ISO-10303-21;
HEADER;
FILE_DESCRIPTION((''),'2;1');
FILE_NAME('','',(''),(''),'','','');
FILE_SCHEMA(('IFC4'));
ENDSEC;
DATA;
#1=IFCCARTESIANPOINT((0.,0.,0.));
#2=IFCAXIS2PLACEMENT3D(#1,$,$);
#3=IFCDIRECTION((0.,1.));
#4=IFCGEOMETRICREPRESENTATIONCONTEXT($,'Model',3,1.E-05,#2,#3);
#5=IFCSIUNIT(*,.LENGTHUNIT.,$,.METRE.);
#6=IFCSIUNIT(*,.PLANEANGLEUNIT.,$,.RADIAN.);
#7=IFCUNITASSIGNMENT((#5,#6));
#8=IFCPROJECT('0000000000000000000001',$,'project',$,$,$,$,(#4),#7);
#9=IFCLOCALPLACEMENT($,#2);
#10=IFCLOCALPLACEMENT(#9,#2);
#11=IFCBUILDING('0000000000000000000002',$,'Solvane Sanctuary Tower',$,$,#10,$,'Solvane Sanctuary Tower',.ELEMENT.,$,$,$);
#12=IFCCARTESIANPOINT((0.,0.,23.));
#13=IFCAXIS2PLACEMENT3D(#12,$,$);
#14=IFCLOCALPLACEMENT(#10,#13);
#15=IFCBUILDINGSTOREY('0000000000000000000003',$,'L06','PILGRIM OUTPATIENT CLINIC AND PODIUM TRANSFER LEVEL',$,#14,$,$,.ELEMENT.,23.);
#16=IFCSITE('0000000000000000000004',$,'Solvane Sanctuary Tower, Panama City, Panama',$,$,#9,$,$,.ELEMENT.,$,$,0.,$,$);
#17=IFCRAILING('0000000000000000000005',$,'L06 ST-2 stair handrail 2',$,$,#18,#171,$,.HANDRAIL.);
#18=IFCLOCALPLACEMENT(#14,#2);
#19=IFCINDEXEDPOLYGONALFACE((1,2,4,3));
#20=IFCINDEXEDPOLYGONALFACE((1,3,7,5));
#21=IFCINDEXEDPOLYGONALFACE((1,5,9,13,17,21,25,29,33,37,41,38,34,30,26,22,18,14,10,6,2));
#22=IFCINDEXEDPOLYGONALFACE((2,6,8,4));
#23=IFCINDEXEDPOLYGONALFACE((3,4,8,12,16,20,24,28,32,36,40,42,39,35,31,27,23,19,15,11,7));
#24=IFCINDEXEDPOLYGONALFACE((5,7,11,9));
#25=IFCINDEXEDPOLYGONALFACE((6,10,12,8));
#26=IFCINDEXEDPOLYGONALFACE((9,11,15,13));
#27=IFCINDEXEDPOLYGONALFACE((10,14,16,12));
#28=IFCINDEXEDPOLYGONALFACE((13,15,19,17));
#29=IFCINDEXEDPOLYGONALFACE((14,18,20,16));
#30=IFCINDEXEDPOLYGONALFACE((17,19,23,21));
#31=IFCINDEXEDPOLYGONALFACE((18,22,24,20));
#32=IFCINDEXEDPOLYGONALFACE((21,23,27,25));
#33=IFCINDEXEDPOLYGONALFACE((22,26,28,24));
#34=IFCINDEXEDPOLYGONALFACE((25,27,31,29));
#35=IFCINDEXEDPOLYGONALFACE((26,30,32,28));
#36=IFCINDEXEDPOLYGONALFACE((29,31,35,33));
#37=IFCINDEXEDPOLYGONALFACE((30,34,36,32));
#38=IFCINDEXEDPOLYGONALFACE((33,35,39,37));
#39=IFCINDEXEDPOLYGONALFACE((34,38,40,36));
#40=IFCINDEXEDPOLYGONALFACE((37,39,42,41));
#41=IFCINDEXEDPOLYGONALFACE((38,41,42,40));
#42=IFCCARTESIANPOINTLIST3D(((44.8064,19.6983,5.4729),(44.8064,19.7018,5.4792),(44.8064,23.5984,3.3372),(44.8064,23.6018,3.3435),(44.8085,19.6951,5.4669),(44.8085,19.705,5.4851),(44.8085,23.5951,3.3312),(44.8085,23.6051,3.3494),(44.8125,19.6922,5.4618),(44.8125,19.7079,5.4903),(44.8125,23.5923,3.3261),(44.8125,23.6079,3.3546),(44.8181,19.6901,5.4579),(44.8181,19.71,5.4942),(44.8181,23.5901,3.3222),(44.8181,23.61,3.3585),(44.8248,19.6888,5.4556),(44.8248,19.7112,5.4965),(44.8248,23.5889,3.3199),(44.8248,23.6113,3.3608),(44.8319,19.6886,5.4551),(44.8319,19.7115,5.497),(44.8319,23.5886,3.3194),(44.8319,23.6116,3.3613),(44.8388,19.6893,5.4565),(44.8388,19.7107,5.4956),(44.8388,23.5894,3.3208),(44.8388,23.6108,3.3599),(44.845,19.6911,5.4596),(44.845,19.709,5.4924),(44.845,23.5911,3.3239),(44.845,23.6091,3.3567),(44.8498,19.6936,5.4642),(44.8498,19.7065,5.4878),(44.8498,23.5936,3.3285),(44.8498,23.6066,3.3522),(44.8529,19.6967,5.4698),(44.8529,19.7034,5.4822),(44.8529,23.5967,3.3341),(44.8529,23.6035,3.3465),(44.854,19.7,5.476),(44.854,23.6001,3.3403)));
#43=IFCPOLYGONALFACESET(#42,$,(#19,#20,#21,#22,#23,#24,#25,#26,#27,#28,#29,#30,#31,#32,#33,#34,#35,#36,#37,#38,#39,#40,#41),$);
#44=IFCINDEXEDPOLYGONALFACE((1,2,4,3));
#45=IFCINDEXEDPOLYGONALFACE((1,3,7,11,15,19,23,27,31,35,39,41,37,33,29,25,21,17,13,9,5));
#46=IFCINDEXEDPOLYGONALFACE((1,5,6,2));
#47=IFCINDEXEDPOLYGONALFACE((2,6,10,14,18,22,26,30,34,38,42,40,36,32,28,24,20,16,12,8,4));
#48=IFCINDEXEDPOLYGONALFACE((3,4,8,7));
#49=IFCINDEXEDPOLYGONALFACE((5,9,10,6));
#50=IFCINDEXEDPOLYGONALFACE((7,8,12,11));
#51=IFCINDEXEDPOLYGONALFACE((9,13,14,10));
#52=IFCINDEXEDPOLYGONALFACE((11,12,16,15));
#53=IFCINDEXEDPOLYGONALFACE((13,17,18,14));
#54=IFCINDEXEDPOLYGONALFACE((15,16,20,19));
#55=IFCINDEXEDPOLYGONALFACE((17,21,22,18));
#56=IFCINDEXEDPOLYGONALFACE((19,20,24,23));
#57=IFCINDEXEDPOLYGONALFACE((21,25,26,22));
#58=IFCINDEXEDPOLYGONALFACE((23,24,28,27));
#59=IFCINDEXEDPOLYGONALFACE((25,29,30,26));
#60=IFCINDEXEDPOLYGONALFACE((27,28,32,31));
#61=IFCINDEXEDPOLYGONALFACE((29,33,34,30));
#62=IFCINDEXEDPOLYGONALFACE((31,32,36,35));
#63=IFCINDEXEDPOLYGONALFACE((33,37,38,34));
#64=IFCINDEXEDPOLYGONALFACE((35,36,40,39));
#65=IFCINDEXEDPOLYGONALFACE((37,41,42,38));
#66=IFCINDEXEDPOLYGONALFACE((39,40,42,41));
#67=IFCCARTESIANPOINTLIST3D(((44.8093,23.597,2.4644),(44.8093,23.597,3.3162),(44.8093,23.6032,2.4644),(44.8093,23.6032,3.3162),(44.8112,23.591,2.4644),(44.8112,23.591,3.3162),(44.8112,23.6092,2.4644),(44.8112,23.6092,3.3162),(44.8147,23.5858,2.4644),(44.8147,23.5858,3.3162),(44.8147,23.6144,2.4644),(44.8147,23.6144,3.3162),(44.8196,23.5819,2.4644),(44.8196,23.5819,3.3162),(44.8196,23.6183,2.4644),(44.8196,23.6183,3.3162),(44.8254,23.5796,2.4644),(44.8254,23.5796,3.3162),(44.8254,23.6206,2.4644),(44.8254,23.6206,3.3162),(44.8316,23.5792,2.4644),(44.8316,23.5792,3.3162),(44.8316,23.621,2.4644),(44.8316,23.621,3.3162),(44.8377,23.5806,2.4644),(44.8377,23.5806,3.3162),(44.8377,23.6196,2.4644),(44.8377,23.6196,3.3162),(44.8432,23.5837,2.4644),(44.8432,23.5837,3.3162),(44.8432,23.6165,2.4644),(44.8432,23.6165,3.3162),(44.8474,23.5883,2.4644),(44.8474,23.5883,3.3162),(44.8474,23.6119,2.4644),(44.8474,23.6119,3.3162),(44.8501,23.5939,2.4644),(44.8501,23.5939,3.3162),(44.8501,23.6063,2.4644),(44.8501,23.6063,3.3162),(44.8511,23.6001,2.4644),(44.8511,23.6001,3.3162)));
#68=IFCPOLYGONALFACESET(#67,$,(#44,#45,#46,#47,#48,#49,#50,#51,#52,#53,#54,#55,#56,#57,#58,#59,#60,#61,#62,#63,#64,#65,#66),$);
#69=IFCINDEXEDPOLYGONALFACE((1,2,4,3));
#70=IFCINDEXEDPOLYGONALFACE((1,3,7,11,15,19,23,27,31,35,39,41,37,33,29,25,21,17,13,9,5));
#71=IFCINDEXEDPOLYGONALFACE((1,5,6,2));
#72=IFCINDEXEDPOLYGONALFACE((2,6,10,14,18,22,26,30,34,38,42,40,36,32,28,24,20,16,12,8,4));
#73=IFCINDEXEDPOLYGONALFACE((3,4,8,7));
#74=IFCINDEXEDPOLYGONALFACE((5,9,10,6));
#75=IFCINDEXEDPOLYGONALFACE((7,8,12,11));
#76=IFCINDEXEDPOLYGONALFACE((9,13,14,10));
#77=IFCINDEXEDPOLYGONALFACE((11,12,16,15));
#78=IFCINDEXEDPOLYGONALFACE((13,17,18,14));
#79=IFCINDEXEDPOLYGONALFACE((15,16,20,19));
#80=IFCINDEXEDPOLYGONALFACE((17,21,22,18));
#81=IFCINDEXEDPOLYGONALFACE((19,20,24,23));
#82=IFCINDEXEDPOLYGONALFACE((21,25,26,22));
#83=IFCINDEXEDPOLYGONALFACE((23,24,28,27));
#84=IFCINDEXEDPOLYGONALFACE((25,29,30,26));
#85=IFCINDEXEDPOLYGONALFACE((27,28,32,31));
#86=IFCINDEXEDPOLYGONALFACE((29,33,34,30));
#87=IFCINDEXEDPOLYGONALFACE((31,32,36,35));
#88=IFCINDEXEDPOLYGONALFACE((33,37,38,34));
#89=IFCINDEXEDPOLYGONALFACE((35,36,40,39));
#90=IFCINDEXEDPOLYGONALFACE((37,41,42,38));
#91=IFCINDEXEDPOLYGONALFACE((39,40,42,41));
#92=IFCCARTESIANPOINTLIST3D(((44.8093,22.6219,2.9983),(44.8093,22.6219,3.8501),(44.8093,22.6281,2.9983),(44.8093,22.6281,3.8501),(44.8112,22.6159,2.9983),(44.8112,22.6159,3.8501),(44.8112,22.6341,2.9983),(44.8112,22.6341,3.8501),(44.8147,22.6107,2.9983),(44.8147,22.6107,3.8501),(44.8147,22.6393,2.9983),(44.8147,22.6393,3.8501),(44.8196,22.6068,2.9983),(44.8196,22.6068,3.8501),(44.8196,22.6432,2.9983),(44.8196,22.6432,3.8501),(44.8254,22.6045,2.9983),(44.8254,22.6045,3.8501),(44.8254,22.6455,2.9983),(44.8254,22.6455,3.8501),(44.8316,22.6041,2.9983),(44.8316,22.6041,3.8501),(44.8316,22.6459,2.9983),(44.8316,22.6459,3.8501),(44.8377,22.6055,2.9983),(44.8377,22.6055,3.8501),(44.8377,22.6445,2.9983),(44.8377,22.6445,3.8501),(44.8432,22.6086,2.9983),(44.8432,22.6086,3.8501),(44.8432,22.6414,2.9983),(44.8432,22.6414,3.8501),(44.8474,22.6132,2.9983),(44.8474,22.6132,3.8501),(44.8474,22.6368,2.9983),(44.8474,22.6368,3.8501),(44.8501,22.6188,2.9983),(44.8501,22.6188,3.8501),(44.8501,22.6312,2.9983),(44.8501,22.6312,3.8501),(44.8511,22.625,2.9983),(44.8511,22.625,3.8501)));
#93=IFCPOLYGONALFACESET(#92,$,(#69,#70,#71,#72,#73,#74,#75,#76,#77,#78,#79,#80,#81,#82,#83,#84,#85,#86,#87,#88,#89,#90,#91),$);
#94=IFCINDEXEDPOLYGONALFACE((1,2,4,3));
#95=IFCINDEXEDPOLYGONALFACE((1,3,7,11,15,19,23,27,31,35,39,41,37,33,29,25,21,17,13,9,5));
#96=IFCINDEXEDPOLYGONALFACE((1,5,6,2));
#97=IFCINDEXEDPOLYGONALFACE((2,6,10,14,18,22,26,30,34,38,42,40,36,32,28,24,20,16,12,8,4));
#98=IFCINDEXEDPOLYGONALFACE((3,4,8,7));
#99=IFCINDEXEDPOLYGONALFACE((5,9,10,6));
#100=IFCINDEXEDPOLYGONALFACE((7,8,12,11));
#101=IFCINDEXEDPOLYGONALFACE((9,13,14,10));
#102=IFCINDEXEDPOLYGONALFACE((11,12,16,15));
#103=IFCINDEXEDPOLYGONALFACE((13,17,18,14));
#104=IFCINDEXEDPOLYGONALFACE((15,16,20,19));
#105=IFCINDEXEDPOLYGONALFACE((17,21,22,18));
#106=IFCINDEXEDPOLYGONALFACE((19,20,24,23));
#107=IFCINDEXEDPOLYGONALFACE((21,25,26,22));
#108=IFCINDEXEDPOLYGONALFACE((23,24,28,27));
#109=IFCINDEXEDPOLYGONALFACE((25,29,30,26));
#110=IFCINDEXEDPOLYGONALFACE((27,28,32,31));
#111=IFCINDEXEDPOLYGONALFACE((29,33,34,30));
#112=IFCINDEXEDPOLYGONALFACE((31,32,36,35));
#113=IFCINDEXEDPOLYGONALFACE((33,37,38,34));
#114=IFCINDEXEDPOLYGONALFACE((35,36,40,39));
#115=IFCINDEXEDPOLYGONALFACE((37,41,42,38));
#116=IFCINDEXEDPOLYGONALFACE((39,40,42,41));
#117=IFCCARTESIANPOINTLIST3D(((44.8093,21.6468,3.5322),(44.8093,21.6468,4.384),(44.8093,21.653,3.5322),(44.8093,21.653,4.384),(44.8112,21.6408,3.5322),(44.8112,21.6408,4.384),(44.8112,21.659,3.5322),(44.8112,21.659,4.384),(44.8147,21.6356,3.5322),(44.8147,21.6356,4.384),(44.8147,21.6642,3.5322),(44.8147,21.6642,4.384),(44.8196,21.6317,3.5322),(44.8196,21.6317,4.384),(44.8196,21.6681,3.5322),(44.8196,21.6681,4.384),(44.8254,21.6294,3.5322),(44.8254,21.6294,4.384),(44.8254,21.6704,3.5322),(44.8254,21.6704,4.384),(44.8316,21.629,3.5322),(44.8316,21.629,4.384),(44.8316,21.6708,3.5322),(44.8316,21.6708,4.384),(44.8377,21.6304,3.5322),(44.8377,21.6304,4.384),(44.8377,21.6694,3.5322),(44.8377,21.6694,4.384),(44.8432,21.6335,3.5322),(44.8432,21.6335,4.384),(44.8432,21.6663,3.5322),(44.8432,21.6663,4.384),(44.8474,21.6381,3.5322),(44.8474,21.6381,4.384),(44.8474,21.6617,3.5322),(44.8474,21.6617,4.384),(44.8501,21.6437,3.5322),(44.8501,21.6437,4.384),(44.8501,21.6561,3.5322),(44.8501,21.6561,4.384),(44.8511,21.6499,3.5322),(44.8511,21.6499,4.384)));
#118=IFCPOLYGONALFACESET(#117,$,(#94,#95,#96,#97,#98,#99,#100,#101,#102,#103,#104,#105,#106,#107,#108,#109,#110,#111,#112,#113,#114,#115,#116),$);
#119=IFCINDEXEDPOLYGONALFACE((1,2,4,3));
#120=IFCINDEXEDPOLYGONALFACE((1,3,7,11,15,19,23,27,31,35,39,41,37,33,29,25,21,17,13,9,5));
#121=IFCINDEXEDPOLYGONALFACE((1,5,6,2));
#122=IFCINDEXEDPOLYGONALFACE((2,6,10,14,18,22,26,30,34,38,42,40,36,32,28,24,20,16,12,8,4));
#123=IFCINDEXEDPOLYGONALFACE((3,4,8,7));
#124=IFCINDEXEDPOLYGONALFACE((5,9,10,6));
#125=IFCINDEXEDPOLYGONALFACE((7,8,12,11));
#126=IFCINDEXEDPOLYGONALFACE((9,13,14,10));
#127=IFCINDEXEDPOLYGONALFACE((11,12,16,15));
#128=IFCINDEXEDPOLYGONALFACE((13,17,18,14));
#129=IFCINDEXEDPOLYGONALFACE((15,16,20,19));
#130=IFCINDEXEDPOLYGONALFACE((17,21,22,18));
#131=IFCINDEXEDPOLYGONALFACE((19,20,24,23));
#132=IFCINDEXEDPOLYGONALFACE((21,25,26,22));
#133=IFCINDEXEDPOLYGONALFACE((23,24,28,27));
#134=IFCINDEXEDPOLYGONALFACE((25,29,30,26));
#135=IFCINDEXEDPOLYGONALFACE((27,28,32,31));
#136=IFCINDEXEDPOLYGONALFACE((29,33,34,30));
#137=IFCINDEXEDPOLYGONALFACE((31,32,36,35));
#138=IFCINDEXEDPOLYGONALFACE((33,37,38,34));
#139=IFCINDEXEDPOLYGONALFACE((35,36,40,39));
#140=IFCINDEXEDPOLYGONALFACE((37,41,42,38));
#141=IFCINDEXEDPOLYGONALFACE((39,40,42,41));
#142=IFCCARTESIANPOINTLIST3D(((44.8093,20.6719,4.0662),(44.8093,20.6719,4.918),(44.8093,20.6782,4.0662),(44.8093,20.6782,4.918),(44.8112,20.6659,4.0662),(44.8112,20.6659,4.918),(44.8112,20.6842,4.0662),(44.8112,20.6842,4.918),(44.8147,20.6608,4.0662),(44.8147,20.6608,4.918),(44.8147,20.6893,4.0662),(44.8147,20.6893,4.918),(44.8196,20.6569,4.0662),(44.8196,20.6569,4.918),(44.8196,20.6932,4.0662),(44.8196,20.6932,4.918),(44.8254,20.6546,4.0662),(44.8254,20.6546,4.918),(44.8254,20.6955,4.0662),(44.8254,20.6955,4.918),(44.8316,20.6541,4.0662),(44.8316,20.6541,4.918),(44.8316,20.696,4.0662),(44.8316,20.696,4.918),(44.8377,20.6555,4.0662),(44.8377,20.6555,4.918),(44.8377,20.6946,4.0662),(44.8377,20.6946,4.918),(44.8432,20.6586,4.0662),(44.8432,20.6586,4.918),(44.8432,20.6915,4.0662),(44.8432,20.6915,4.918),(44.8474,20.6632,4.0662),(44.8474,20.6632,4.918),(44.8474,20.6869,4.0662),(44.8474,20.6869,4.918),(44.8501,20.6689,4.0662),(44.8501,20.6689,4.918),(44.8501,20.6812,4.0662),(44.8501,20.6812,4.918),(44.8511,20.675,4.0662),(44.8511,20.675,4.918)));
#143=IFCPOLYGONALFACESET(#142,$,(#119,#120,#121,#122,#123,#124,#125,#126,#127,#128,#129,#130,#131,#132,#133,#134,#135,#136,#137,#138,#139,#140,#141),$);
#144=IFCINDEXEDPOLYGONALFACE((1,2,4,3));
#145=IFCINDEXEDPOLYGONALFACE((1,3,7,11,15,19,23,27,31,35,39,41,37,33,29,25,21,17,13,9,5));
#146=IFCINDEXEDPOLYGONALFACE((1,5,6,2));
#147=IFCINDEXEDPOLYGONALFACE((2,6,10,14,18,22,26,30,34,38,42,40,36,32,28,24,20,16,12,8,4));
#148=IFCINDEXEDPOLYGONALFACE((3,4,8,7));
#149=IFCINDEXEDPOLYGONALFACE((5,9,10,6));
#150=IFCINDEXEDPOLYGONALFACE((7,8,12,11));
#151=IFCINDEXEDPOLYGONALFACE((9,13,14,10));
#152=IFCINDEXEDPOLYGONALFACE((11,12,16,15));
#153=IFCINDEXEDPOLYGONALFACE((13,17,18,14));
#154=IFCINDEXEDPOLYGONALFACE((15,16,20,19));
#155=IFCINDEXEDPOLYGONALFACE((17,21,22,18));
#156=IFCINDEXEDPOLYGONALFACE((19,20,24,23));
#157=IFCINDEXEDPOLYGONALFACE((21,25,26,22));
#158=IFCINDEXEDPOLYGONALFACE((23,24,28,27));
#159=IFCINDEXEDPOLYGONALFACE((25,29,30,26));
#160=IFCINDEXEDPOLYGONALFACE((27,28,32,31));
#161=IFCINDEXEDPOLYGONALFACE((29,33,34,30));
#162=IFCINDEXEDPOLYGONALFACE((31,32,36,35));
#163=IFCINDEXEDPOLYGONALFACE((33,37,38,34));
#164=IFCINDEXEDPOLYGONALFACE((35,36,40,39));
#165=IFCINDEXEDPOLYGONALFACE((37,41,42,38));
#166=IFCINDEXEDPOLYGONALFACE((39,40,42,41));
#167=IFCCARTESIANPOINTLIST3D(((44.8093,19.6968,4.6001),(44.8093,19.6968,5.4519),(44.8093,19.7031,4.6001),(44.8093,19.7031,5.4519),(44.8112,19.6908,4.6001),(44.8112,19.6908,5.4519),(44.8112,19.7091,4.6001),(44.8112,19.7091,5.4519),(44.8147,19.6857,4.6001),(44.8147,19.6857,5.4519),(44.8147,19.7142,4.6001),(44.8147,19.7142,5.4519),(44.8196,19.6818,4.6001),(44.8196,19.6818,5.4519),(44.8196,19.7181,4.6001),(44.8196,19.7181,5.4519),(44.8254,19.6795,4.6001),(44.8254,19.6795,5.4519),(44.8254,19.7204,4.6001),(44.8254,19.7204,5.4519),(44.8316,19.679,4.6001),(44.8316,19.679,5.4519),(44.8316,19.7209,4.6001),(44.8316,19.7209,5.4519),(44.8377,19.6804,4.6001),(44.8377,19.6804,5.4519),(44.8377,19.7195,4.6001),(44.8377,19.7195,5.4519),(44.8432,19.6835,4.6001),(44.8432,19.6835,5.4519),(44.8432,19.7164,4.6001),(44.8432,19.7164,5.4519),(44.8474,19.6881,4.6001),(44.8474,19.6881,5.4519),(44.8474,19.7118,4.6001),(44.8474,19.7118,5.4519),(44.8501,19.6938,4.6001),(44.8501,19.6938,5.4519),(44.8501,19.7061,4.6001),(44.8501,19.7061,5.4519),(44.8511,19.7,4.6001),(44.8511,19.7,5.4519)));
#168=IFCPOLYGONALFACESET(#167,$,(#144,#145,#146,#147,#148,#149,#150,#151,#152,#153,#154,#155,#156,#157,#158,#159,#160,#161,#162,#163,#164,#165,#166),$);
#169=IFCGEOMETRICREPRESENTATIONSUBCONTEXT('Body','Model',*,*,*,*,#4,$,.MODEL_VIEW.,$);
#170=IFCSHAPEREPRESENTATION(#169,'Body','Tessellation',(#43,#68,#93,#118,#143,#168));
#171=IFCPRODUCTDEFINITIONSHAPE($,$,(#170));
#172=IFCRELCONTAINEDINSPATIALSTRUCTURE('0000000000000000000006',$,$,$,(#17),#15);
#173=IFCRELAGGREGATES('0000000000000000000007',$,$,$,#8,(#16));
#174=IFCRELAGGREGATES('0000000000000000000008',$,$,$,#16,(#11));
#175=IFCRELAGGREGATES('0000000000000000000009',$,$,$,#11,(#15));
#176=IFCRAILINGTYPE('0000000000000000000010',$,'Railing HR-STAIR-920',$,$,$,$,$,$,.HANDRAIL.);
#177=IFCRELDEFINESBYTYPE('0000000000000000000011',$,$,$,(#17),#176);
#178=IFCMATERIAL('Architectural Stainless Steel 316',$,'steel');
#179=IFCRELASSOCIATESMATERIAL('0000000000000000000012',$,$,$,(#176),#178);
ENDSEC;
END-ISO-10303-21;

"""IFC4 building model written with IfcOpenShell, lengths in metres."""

from ifc_helpers import new_model, si_unit, direction, frame, origin, origin_2d, place, context, subcontext, project, spatial, circle, extrude, material, type_object, element, save


model = new_model("IFC4")

# Units and contexts
model_context = context("Model", 3, precision=1e-05, world=origin(), true_north=direction((0.0, 1.0)))
body_context = subcontext(model_context, "Body", "Model", "MODEL_VIEW")
ifc_project = project(units=[si_unit("LENGTHUNIT", "METRE"), si_unit("PLANEANGLEUNIT", "RADIAN")], contexts=[model_context])

# Site, building, storey
site_placement = place(None, origin())
site = spatial("IfcSite", under=ifc_project, at=site_placement, Name="Solvane Sanctuary Tower, Panama City, Panama", CompositionType="ELEMENT", RefElevation=0.0)
building_placement = place(site_placement, origin())
building = spatial("IfcBuilding", under=site, at=building_placement, Name="Solvane Sanctuary Tower", LongName="Solvane Sanctuary Tower", CompositionType="ELEMENT")
storey_placement = place(building_placement, frame((0.0, 0.0, 23.0)))
storey = spatial("IfcBuildingStorey", under=building, at=storey_placement, Name="L06", Description="PILGRIM OUTPATIENT CLINIC AND PODIUM TRANSFER LEVEL", CompositionType="ELEMENT", Elevation=23.0)

# Shared definitions
ifc_material_1 = material(Name="Architectural Stainless Steel 316", Category="steel")

# Railing
railing_type_1 = type_object("IfcRailingType", Name="Railing HR-STAIR-920", PredefinedType="HANDRAIL", material=ifc_material_1)
railing_1_placement = place(storey_placement, frame((44.8301, 23.6001, 2.4644)))
element("IfcRailing", 1, at=railing_1_placement, inside=storey, type_object=railing_type_1, Name="L06 ST-2 stair handrail 2", PredefinedType="HANDRAIL", context=body_context, shape_type="SweptSolid", body=[
    extrude(circle(Radius=0.0239, at=origin_2d()), frame((0.0, 0.0, 0.876), z_axis=(0.0, -0.877101, 0.480306), x_axis=(1.0, 0.0, 0.0)), (0.0, 0.0, 1.0), 4.4465),
    extrude(circle(Radius=0.021, at=origin_2d()), origin(), (0.0, 0.0, 1.0), 0.8518),
    extrude(circle(Radius=0.021, at=origin_2d()), frame((0.0, -0.9751, 0.5339)), (0.0, 0.0, 1.0), 0.8518),
    extrude(circle(Radius=0.021, at=origin_2d()), frame((0.0, -1.9502, 1.0679)), (0.0, 0.0, 1.0), 0.8518),
    extrude(circle(Radius=0.021, at=origin_2d()), frame((0.0, -2.925, 1.6018)), (0.0, 0.0, 1.0), 0.8518),
    extrude(circle(Radius=0.021, at=origin_2d()), frame((0.0, -3.9001, 2.1357)), (0.0, 0.0, 1.0), 0.8518),
])

save(model, "model.ifc")
